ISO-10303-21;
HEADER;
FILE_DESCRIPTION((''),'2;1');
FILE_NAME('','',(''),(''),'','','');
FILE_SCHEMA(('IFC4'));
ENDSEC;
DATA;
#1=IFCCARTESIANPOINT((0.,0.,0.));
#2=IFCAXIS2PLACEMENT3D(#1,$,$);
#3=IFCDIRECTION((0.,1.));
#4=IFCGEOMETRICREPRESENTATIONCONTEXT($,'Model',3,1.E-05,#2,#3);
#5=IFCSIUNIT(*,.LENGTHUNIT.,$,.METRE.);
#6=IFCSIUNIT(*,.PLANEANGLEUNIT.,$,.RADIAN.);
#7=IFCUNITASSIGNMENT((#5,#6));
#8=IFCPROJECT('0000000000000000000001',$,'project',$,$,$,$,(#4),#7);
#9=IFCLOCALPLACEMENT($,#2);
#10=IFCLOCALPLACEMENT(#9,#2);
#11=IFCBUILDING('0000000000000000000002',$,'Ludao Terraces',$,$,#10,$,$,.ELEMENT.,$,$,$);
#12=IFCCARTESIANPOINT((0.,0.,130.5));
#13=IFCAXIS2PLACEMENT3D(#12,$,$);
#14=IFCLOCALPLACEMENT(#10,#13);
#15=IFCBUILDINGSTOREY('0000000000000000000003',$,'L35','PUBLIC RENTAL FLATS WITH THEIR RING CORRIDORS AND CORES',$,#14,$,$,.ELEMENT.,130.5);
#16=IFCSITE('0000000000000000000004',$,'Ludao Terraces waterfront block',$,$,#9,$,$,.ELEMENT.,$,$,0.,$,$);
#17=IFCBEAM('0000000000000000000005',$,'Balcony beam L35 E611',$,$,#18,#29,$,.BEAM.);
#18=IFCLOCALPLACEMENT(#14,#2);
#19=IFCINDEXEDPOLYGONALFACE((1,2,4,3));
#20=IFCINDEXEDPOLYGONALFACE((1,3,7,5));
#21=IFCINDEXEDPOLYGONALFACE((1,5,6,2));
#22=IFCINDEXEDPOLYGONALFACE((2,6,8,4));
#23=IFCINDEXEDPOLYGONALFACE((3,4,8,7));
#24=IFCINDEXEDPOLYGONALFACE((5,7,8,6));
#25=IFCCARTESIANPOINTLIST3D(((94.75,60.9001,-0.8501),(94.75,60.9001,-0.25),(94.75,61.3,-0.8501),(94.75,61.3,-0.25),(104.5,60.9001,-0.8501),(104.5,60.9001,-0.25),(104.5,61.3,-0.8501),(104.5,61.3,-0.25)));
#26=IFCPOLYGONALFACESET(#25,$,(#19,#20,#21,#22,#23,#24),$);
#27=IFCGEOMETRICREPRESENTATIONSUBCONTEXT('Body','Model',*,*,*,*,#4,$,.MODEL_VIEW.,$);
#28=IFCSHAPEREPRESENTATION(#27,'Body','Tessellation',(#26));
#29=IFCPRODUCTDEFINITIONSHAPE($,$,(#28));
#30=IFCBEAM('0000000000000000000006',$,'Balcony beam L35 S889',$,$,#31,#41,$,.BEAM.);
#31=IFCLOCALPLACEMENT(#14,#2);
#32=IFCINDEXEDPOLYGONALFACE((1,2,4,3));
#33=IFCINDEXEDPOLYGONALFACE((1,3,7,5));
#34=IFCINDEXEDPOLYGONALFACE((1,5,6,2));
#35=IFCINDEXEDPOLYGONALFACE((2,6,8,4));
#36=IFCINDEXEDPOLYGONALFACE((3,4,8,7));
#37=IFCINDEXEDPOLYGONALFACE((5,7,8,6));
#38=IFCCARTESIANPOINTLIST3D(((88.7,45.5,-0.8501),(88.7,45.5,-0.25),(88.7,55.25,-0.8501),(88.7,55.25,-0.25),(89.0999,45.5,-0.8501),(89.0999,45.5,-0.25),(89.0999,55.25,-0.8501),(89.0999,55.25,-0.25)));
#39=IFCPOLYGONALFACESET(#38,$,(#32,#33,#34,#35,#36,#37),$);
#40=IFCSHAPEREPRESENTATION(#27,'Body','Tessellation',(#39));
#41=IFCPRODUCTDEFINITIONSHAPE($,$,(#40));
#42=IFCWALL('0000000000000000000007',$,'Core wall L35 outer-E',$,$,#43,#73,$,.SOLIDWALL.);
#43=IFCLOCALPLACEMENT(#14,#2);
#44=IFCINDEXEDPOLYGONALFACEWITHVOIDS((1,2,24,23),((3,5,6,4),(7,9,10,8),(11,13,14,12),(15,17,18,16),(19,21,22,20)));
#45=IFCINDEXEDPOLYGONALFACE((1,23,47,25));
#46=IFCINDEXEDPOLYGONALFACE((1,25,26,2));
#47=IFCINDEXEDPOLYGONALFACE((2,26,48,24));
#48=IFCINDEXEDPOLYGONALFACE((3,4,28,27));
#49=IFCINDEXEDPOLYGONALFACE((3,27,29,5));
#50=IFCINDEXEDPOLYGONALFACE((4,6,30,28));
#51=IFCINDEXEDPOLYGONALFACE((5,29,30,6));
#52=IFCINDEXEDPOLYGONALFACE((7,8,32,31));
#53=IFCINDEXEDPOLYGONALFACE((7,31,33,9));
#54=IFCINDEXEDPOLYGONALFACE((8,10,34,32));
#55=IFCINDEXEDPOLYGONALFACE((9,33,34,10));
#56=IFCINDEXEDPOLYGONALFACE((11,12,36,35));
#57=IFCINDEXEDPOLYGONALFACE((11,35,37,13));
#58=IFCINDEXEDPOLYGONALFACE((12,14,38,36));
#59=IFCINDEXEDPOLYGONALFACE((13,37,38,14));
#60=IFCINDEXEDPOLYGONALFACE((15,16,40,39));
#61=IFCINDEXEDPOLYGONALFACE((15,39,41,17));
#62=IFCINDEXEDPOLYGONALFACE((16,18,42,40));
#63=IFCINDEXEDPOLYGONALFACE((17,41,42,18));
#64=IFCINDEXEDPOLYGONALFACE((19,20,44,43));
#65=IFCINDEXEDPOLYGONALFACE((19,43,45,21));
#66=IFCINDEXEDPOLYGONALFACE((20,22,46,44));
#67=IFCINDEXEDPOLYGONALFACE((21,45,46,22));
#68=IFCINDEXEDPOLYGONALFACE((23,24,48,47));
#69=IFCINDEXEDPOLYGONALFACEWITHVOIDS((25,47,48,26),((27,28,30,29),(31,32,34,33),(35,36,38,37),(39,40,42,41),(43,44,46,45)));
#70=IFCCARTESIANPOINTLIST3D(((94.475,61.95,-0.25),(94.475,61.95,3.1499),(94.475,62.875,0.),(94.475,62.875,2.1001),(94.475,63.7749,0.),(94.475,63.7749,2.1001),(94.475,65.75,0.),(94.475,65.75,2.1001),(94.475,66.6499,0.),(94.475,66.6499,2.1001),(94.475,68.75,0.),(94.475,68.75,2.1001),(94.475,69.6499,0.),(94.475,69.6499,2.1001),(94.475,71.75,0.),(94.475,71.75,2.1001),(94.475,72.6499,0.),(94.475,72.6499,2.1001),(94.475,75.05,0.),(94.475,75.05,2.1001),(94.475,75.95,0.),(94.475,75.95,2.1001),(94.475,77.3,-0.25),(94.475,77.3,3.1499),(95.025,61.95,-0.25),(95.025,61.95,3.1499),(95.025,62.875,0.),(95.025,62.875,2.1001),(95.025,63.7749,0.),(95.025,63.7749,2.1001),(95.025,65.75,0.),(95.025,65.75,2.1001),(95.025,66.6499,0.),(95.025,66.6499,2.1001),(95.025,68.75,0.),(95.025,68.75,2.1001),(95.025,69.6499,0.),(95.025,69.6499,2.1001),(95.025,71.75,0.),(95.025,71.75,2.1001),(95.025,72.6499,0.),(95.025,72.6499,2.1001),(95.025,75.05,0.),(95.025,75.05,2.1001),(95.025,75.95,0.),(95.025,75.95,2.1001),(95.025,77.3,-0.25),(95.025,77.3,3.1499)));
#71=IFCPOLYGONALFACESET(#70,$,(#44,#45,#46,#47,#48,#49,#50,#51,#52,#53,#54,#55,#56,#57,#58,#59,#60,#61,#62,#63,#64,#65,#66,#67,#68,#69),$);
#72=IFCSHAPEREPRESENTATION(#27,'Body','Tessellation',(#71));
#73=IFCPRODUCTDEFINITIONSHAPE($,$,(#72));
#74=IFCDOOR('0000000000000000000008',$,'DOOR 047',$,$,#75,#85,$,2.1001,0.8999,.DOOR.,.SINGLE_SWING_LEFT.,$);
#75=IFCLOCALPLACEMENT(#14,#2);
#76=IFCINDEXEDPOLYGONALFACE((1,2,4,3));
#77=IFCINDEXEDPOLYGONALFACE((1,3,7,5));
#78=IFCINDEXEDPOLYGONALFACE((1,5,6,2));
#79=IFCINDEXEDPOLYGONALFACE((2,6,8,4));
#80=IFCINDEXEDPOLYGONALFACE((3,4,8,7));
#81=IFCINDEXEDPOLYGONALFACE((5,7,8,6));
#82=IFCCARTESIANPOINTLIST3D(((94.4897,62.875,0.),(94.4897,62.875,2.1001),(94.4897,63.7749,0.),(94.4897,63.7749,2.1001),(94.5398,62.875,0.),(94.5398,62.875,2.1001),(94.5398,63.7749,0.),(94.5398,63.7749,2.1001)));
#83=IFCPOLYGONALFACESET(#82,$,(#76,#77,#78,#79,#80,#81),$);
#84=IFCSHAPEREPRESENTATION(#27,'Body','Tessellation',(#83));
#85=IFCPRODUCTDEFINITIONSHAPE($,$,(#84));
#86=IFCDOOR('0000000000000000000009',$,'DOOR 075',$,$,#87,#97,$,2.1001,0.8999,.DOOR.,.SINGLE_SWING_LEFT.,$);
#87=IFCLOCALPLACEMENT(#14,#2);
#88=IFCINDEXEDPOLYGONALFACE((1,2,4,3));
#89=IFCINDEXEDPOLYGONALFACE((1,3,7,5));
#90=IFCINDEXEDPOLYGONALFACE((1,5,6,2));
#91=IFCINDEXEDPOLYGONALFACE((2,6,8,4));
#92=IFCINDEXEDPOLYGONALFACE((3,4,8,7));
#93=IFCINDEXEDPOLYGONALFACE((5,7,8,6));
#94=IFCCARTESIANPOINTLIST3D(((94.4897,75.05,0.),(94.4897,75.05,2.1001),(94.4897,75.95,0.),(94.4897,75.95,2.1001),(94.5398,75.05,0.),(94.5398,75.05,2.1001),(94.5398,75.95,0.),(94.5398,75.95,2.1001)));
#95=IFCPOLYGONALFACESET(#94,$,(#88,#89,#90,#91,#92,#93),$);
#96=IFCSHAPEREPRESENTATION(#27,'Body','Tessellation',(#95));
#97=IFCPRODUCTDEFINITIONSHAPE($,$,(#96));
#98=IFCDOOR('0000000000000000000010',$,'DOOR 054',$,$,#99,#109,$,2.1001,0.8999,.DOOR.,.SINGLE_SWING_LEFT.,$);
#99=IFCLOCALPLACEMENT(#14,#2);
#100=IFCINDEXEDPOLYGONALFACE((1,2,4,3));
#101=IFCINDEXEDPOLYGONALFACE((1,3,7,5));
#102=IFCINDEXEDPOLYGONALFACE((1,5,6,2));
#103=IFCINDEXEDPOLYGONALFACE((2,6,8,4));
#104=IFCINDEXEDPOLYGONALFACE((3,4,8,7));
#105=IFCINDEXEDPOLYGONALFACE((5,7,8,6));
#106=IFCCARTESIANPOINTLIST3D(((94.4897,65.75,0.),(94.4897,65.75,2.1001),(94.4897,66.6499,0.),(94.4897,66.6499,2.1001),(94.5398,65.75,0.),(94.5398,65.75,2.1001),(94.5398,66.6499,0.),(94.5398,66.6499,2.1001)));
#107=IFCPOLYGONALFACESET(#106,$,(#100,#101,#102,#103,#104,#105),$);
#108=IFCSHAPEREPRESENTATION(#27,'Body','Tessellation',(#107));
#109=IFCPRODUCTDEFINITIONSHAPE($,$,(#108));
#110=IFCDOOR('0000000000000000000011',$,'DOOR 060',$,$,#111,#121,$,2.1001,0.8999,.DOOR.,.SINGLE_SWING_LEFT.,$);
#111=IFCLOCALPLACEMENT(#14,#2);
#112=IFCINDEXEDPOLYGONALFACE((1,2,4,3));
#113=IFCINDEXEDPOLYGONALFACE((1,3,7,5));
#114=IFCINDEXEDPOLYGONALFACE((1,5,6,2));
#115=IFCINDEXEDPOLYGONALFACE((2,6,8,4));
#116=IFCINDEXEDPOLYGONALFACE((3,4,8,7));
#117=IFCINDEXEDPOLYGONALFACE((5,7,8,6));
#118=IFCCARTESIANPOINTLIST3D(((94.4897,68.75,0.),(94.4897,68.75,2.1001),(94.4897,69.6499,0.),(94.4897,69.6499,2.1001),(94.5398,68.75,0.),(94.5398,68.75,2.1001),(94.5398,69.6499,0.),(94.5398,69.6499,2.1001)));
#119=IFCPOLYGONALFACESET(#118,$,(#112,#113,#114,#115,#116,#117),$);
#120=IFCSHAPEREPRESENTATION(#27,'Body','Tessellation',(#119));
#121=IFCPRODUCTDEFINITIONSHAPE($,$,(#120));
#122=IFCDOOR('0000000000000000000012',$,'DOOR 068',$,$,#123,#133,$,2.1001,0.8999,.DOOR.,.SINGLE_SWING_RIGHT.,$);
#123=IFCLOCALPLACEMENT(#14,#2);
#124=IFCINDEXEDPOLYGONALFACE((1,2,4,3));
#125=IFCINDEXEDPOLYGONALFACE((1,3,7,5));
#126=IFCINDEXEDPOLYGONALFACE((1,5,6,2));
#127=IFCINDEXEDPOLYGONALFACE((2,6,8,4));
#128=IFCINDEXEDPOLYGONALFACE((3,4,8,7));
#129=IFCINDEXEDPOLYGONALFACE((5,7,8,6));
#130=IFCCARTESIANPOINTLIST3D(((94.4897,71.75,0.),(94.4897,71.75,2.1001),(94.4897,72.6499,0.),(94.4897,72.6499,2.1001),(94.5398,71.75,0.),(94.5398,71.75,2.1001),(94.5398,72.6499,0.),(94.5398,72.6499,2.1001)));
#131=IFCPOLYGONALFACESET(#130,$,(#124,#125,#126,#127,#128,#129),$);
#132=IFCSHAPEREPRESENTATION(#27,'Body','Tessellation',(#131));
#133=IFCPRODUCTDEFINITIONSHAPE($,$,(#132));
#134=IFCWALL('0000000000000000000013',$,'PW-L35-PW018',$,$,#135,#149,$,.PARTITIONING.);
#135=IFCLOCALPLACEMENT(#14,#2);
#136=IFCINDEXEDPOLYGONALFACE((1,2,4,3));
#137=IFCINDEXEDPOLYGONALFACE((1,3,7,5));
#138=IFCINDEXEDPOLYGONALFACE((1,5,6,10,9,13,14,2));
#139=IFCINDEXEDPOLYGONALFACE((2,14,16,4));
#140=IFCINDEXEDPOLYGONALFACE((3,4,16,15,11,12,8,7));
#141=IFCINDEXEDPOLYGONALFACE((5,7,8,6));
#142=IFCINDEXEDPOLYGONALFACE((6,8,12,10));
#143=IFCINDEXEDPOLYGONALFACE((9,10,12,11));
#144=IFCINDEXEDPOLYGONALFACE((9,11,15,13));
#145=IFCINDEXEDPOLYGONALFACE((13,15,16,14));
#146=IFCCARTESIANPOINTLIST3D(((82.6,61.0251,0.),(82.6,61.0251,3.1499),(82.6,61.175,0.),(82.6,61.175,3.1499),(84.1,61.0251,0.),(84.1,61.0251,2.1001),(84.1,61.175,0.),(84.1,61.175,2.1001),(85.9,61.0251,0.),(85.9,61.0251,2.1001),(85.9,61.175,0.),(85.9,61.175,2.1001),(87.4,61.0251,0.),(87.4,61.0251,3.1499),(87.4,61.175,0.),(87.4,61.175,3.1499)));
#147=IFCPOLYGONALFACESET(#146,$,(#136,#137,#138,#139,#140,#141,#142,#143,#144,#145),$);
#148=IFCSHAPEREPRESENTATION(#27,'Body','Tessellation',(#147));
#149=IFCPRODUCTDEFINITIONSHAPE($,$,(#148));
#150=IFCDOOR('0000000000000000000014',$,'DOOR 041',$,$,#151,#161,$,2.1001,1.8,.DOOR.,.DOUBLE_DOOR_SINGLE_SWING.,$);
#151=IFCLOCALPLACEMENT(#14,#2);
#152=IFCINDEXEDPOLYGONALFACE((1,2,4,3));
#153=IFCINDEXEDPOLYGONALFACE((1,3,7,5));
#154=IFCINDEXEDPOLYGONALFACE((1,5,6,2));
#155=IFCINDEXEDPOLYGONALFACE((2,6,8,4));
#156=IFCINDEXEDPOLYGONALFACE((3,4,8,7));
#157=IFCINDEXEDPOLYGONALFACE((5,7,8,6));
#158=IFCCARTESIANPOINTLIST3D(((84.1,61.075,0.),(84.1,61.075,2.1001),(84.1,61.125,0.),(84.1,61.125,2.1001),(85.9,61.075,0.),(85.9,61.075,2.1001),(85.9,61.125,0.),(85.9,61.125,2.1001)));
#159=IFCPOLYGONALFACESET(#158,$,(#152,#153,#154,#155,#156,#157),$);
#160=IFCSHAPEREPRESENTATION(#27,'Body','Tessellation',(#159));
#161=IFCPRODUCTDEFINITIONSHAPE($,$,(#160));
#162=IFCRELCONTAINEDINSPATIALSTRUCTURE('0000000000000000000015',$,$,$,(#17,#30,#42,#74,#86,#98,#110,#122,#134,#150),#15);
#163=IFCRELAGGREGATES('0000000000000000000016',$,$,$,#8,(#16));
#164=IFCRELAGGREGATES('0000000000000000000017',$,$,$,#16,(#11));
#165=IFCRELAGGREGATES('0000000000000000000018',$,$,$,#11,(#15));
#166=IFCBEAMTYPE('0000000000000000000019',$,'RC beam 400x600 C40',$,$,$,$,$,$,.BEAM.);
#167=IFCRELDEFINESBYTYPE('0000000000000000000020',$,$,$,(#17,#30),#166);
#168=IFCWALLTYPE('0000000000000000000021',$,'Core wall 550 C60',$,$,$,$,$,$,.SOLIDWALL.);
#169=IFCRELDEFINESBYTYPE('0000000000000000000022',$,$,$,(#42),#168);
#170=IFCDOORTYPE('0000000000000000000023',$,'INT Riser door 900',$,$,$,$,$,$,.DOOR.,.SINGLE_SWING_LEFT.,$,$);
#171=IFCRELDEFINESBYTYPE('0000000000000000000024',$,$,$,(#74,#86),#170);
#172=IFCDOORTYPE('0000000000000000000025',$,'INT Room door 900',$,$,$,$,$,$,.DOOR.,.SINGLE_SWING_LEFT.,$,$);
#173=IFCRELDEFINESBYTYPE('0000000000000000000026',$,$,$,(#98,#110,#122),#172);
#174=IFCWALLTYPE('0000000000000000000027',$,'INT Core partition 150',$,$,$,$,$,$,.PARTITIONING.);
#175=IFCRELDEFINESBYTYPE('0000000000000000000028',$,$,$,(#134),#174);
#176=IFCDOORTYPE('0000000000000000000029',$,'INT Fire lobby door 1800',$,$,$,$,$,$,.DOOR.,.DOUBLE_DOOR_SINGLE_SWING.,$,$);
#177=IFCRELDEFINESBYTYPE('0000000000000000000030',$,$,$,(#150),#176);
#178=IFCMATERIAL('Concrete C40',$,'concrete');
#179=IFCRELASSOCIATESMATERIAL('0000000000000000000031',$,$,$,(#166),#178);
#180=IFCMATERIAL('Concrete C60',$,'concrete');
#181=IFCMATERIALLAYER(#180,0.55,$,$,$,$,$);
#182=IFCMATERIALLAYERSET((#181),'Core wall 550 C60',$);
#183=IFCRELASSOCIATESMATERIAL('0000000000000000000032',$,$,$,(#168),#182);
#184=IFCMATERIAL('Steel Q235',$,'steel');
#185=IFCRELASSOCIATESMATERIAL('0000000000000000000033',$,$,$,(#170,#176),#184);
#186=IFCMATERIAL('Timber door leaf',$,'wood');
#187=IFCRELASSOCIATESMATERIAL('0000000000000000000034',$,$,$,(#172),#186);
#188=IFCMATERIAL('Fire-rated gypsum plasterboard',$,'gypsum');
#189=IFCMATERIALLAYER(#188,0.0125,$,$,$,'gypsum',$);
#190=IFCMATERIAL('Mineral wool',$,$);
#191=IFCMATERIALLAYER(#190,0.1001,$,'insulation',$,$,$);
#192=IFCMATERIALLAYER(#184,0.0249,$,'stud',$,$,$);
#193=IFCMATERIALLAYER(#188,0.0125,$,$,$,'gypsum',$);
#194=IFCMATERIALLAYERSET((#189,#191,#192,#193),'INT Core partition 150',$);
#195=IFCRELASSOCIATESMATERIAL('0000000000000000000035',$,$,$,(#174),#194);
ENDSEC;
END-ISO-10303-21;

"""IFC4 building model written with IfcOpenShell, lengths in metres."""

from ifc_helpers import new_model, si_unit, direction, frame, frame_2d, origin, origin_2d, place, context, subcontext, project, spatial, rectangle, extrude, material, layer, layer_set, material_profile, profile_set, type_object, element, fill, save


model = new_model("IFC4")

# Units and contexts
model_context = context("Model", 3, precision=1e-05, world=origin(), true_north=direction((0.0, 1.0)))
body_context = subcontext(model_context, "Body", "Model", "MODEL_VIEW")
ifc_project = project(units=[si_unit("LENGTHUNIT", "METRE"), si_unit("PLANEANGLEUNIT", "RADIAN")], contexts=[model_context])

# Site, building, storey
site_placement = place(None, origin())
site = spatial("IfcSite", under=ifc_project, at=site_placement, Name="Ludao Terraces waterfront block", CompositionType="ELEMENT", RefElevation=0.0)
building_placement = place(site_placement, origin())
building = spatial("IfcBuilding", under=site, at=building_placement, Name="Ludao Terraces", CompositionType="ELEMENT")
storey_placement = place(building_placement, frame((0.0, 0.0, 130.5)))
storey = spatial("IfcBuildingStorey", under=building, at=storey_placement, Name="L35", Description="PUBLIC RENTAL FLATS WITH THEIR RING CORRIDORS AND CORES", CompositionType="ELEMENT", Elevation=130.5)

# Beams
ifc_material_1 = material(Name="Concrete C40", Category="concrete")
ifc_material_profile = material_profile(ifc_material_1, rectangle(XDim=0.3999, YDim=0.6001, at=origin_2d()), Name="400 X 600")
ifc_profile_set = profile_set([ifc_material_profile], Name="Concrete C40")
beam_type = type_object("IfcBeamType", Name="RC beam 400x600 C40", PredefinedType="BEAM", material=ifc_profile_set)
for number, where, z_axis, x_axis, name in (
    (1, (94.75, 61.1001, -0.55), (1.0, 0.0, 0.0), (0.0, 1.0, 0.0), "Balcony beam L35 E611"),
    (2, (88.8999, 55.25, -0.55), (0.0, -1.0, 0.0), (1.0, 0.0, 0.0), "Balcony beam L35 S889"),
):
    element("IfcBeam", number, at=place(storey_placement, frame(where, z_axis=z_axis, x_axis=x_axis)), inside=storey, type_object=beam_type, Name=name, PredefinedType="BEAM", context=body_context, shape_type="SweptSolid", body=[
        extrude(rectangle(XDim=0.3999, YDim=0.6001, at=origin_2d()), origin(), (0.0, 0.0, 1.0), 9.75),
    ])

# Wall, openings, doors
ifc_material_2 = material(Name="Concrete C60", Category="concrete")
ifc_layer_1 = layer(ifc_material_2, 0.55)
ifc_layer_set_1 = layer_set([ifc_layer_1], Name="Core wall 550 C60")
wall_type_1 = type_object("IfcWallType", Name="Core wall 550 C60", PredefinedType="SOLIDWALL", material=ifc_layer_set_1)
wall_1_placement = place(storey_placement, frame((94.75, 61.95, -0.25), z_axis=(0.0, 0.0, 1.0), x_axis=(0.0, 1.0, 0.0)))
wall_1 = element("IfcWall", 3, at=wall_1_placement, inside=storey, type_object=wall_type_1, Name="Core wall L35 outer-E", PredefinedType="SOLIDWALL", context=body_context, shape_type="SweptSolid", body=[
    extrude(rectangle(XDim=15.3501, YDim=0.55, at=frame_2d((7.675, 0.0))), origin(), (0.0, 0.0, 1.0), 3.3999),
])
opening_1_placement = place(wall_1_placement, frame((0.925, 0.0, 0.25)))
opening_1 = element("IfcOpeningElement", 4, at=opening_1_placement, cuts=wall_1, PredefinedType="OPENING", context=body_context, shape_type="SweptSolid", body=[
    extrude(rectangle(XDim=0.8999, YDim=2.1001, at=frame_2d((0.45, 1.05))), frame((0.0, 0.2852, 0.0), z_axis=(0.0, -1.0, 0.0), x_axis=(1.0, 0.0, 0.0)), (0.0, 0.0, 1.0), 0.5701),
])
opening_2_placement = place(wall_1_placement, frame((3.8, 0.0, 0.25)))
opening_2 = element("IfcOpeningElement", 5, at=opening_2_placement, cuts=wall_1, PredefinedType="OPENING", context=body_context, shape_type="SweptSolid", body=[
    extrude(rectangle(XDim=0.8999, YDim=2.1001, at=frame_2d((0.45, 1.05))), frame((0.0, 0.2852, 0.0), z_axis=(0.0, -1.0, 0.0), x_axis=(1.0, 0.0, 0.0)), (0.0, 0.0, 1.0), 0.5701),
])
opening_3_placement = place(wall_1_placement, frame((6.8, 0.0, 0.25)))
opening_3 = element("IfcOpeningElement", 6, at=opening_3_placement, cuts=wall_1, PredefinedType="OPENING", context=body_context, shape_type="SweptSolid", body=[
    extrude(rectangle(XDim=0.8999, YDim=2.1001, at=frame_2d((0.45, 1.05))), frame((0.0, 0.2852, 0.0), z_axis=(0.0, -1.0, 0.0), x_axis=(1.0, 0.0, 0.0)), (0.0, 0.0, 1.0), 0.5701),
])
opening_4_placement = place(wall_1_placement, frame((9.8, 0.0, 0.25)))
opening_4 = element("IfcOpeningElement", 7, at=opening_4_placement, cuts=wall_1, PredefinedType="OPENING", context=body_context, shape_type="SweptSolid", body=[
    extrude(rectangle(XDim=0.8999, YDim=2.1001, at=frame_2d((0.45, 1.05))), frame((0.0, 0.2852, 0.0), z_axis=(0.0, -1.0, 0.0), x_axis=(1.0, 0.0, 0.0)), (0.0, 0.0, 1.0), 0.5701),
])
opening_5_placement = place(wall_1_placement, frame((13.1001, 0.0, 0.25)))
opening_5 = element("IfcOpeningElement", 8, at=opening_5_placement, cuts=wall_1, PredefinedType="OPENING", context=body_context, shape_type="SweptSolid", body=[
    extrude(rectangle(XDim=0.8999, YDim=2.1001, at=frame_2d((0.45, 1.05))), frame((0.0, 0.2852, 0.0), z_axis=(0.0, -1.0, 0.0), x_axis=(1.0, 0.0, 0.0)), (0.0, 0.0, 1.0), 0.5701),
])
ifc_material_3 = material(Name="Steel Q235", Category="steel")
door_type_1 = type_object("IfcDoorType", Name="INT Riser door 900", OperationType="SINGLE_SWING_LEFT", PredefinedType="DOOR", material=ifc_material_3)
door_1_placement = place(opening_1_placement, origin())
door_1 = element("IfcDoor", 9, at=door_1_placement, inside=storey, type_object=door_type_1, Name="DOOR 047", OperationType="SINGLE_SWING_LEFT", OverallHeight=2.1001, OverallWidth=0.8999, PredefinedType="DOOR", context=body_context, shape_type="SweptSolid", body=[
    extrude(rectangle(XDim=0.8999, YDim=2.1001, at=frame_2d((0.45, 1.05))), frame((0.0, 0.2603, 0.0), z_axis=(0.0, -1.0, 0.0), x_axis=(1.0, 0.0, 0.0)), (0.0, 0.0, 1.0), 0.05),
])
fill(opening_1, door_1)
door_2_placement = place(opening_5_placement, origin())
door_2 = element("IfcDoor", 10, at=door_2_placement, inside=storey, type_object=door_type_1, Name="DOOR 075", OperationType="SINGLE_SWING_LEFT", OverallHeight=2.1001, OverallWidth=0.8999, PredefinedType="DOOR", context=body_context, shape_type="SweptSolid", body=[
    extrude(rectangle(XDim=0.8999, YDim=2.1001, at=frame_2d((0.45, 1.05))), frame((0.0, 0.2603, 0.0), z_axis=(0.0, -1.0, 0.0), x_axis=(1.0, 0.0, 0.0)), (0.0, 0.0, 1.0), 0.05),
])
fill(opening_5, door_2)
ifc_material_4 = material(Name="Timber door leaf", Category="wood")
door_type_2 = type_object("IfcDoorType", Name="INT Room door 900", OperationType="SINGLE_SWING_LEFT", PredefinedType="DOOR", material=ifc_material_4)
door_3_placement = place(opening_2_placement, origin())
door_3 = element("IfcDoor", 11, at=door_3_placement, inside=storey, type_object=door_type_2, Name="DOOR 054", OperationType="SINGLE_SWING_LEFT", OverallHeight=2.1001, OverallWidth=0.8999, PredefinedType="DOOR", context=body_context, shape_type="SweptSolid", body=[
    extrude(rectangle(XDim=0.8999, YDim=2.1001, at=frame_2d((0.45, 1.05))), frame((0.0, 0.2603, 0.0), z_axis=(0.0, -1.0, 0.0), x_axis=(1.0, 0.0, 0.0)), (0.0, 0.0, 1.0), 0.05),
])
fill(opening_2, door_3)
door_4_placement = place(opening_3_placement, origin())
door_4 = element("IfcDoor", 12, at=door_4_placement, inside=storey, type_object=door_type_2, Name="DOOR 060", OperationType="SINGLE_SWING_LEFT", OverallHeight=2.1001, OverallWidth=0.8999, PredefinedType="DOOR", context=body_context, shape_type="SweptSolid", body=[
    extrude(rectangle(XDim=0.8999, YDim=2.1001, at=frame_2d((0.45, 1.05))), frame((0.0, 0.2603, 0.0), z_axis=(0.0, -1.0, 0.0), x_axis=(1.0, 0.0, 0.0)), (0.0, 0.0, 1.0), 0.05),
])
fill(opening_3, door_4)
door_5_placement = place(opening_4_placement, origin())
door_5 = element("IfcDoor", 13, at=door_5_placement, inside=storey, type_object=door_type_2, Name="DOOR 068", OperationType="SINGLE_SWING_RIGHT", OverallHeight=2.1001, OverallWidth=0.8999, PredefinedType="DOOR", context=body_context, shape_type="SweptSolid", body=[
    extrude(rectangle(XDim=0.8999, YDim=2.1001, at=frame_2d((0.45, 1.05))), frame((0.0, 0.2603, 0.0), z_axis=(0.0, -1.0, 0.0), x_axis=(1.0, 0.0, 0.0)), (0.0, 0.0, 1.0), 0.05),
])
fill(opening_4, door_5)

# Wall, opening, door
ifc_material_5 = material(Name="Fire-rated gypsum plasterboard", Category="gypsum")
ifc_layer_2 = layer(ifc_material_5, 0.0125, Category="gypsum")
ifc_material_6 = material(Name="Mineral wool")
ifc_layer_3 = layer(ifc_material_6, 0.1001, Name="insulation")
ifc_layer_4 = layer(ifc_material_3, 0.0249, Name="stud")
ifc_layer_5 = layer(ifc_material_5, 0.0125, Category="gypsum")
ifc_layer_set_2 = layer_set([ifc_layer_2, ifc_layer_3, ifc_layer_4, ifc_layer_5], Name="INT Core partition 150")
wall_type_2 = type_object("IfcWallType", Name="INT Core partition 150", PredefinedType="PARTITIONING", material=ifc_layer_set_2)
wall_2_placement = place(storey_placement, frame((82.6001, 61.1001, 0.0), z_axis=(0.0, 0.0, 1.0), x_axis=(1.0, 0.0, 0.0)))
wall_2 = element("IfcWall", 14, at=wall_2_placement, inside=storey, type_object=wall_type_2, Name="PW-L35-PW018", PredefinedType="PARTITIONING", context=body_context, shape_type="SweptSolid", body=[
    extrude(rectangle(XDim=4.8, YDim=0.1499, at=frame_2d((2.3999, 0.0))), origin(), (0.0, 0.0, 1.0), 3.1499),
])
opening_6_placement = place(wall_2_placement, frame((1.5, 0.0, 0.0)))
opening_6 = element("IfcOpeningElement", 15, at=opening_6_placement, cuts=wall_2, PredefinedType="OPENING", context=body_context, shape_type="SweptSolid", body=[
    extrude(rectangle(XDim=1.8, YDim=2.1001, at=frame_2d((0.8999, 1.05))), frame((0.0, 0.085, 0.0), z_axis=(0.0, -1.0, 0.0), x_axis=(1.0, 0.0, 0.0)), (0.0, 0.0, 1.0), 0.1699),
])
door_type_3 = type_object("IfcDoorType", Name="INT Fire lobby door 1800", OperationType="DOUBLE_DOOR_SINGLE_SWING", PredefinedType="DOOR", material=ifc_material_3)
door_6_placement = place(opening_6_placement, origin())
door_6 = element("IfcDoor", 16, at=door_6_placement, inside=storey, type_object=door_type_3, Name="DOOR 041", OperationType="DOUBLE_DOOR_SINGLE_SWING", OverallHeight=2.1001, OverallWidth=1.8, PredefinedType="DOOR", context=body_context, shape_type="SweptSolid", body=[
    extrude(rectangle(XDim=1.8, YDim=2.1001, at=frame_2d((0.8999, 1.05))), frame((0.0, 0.0249, 0.0), z_axis=(0.0, -1.0, 0.0), x_axis=(1.0, 0.0, 0.0)), (0.0, 0.0, 1.0), 0.05),
])
fill(opening_6, door_6)

save(model, "model.ifc")
